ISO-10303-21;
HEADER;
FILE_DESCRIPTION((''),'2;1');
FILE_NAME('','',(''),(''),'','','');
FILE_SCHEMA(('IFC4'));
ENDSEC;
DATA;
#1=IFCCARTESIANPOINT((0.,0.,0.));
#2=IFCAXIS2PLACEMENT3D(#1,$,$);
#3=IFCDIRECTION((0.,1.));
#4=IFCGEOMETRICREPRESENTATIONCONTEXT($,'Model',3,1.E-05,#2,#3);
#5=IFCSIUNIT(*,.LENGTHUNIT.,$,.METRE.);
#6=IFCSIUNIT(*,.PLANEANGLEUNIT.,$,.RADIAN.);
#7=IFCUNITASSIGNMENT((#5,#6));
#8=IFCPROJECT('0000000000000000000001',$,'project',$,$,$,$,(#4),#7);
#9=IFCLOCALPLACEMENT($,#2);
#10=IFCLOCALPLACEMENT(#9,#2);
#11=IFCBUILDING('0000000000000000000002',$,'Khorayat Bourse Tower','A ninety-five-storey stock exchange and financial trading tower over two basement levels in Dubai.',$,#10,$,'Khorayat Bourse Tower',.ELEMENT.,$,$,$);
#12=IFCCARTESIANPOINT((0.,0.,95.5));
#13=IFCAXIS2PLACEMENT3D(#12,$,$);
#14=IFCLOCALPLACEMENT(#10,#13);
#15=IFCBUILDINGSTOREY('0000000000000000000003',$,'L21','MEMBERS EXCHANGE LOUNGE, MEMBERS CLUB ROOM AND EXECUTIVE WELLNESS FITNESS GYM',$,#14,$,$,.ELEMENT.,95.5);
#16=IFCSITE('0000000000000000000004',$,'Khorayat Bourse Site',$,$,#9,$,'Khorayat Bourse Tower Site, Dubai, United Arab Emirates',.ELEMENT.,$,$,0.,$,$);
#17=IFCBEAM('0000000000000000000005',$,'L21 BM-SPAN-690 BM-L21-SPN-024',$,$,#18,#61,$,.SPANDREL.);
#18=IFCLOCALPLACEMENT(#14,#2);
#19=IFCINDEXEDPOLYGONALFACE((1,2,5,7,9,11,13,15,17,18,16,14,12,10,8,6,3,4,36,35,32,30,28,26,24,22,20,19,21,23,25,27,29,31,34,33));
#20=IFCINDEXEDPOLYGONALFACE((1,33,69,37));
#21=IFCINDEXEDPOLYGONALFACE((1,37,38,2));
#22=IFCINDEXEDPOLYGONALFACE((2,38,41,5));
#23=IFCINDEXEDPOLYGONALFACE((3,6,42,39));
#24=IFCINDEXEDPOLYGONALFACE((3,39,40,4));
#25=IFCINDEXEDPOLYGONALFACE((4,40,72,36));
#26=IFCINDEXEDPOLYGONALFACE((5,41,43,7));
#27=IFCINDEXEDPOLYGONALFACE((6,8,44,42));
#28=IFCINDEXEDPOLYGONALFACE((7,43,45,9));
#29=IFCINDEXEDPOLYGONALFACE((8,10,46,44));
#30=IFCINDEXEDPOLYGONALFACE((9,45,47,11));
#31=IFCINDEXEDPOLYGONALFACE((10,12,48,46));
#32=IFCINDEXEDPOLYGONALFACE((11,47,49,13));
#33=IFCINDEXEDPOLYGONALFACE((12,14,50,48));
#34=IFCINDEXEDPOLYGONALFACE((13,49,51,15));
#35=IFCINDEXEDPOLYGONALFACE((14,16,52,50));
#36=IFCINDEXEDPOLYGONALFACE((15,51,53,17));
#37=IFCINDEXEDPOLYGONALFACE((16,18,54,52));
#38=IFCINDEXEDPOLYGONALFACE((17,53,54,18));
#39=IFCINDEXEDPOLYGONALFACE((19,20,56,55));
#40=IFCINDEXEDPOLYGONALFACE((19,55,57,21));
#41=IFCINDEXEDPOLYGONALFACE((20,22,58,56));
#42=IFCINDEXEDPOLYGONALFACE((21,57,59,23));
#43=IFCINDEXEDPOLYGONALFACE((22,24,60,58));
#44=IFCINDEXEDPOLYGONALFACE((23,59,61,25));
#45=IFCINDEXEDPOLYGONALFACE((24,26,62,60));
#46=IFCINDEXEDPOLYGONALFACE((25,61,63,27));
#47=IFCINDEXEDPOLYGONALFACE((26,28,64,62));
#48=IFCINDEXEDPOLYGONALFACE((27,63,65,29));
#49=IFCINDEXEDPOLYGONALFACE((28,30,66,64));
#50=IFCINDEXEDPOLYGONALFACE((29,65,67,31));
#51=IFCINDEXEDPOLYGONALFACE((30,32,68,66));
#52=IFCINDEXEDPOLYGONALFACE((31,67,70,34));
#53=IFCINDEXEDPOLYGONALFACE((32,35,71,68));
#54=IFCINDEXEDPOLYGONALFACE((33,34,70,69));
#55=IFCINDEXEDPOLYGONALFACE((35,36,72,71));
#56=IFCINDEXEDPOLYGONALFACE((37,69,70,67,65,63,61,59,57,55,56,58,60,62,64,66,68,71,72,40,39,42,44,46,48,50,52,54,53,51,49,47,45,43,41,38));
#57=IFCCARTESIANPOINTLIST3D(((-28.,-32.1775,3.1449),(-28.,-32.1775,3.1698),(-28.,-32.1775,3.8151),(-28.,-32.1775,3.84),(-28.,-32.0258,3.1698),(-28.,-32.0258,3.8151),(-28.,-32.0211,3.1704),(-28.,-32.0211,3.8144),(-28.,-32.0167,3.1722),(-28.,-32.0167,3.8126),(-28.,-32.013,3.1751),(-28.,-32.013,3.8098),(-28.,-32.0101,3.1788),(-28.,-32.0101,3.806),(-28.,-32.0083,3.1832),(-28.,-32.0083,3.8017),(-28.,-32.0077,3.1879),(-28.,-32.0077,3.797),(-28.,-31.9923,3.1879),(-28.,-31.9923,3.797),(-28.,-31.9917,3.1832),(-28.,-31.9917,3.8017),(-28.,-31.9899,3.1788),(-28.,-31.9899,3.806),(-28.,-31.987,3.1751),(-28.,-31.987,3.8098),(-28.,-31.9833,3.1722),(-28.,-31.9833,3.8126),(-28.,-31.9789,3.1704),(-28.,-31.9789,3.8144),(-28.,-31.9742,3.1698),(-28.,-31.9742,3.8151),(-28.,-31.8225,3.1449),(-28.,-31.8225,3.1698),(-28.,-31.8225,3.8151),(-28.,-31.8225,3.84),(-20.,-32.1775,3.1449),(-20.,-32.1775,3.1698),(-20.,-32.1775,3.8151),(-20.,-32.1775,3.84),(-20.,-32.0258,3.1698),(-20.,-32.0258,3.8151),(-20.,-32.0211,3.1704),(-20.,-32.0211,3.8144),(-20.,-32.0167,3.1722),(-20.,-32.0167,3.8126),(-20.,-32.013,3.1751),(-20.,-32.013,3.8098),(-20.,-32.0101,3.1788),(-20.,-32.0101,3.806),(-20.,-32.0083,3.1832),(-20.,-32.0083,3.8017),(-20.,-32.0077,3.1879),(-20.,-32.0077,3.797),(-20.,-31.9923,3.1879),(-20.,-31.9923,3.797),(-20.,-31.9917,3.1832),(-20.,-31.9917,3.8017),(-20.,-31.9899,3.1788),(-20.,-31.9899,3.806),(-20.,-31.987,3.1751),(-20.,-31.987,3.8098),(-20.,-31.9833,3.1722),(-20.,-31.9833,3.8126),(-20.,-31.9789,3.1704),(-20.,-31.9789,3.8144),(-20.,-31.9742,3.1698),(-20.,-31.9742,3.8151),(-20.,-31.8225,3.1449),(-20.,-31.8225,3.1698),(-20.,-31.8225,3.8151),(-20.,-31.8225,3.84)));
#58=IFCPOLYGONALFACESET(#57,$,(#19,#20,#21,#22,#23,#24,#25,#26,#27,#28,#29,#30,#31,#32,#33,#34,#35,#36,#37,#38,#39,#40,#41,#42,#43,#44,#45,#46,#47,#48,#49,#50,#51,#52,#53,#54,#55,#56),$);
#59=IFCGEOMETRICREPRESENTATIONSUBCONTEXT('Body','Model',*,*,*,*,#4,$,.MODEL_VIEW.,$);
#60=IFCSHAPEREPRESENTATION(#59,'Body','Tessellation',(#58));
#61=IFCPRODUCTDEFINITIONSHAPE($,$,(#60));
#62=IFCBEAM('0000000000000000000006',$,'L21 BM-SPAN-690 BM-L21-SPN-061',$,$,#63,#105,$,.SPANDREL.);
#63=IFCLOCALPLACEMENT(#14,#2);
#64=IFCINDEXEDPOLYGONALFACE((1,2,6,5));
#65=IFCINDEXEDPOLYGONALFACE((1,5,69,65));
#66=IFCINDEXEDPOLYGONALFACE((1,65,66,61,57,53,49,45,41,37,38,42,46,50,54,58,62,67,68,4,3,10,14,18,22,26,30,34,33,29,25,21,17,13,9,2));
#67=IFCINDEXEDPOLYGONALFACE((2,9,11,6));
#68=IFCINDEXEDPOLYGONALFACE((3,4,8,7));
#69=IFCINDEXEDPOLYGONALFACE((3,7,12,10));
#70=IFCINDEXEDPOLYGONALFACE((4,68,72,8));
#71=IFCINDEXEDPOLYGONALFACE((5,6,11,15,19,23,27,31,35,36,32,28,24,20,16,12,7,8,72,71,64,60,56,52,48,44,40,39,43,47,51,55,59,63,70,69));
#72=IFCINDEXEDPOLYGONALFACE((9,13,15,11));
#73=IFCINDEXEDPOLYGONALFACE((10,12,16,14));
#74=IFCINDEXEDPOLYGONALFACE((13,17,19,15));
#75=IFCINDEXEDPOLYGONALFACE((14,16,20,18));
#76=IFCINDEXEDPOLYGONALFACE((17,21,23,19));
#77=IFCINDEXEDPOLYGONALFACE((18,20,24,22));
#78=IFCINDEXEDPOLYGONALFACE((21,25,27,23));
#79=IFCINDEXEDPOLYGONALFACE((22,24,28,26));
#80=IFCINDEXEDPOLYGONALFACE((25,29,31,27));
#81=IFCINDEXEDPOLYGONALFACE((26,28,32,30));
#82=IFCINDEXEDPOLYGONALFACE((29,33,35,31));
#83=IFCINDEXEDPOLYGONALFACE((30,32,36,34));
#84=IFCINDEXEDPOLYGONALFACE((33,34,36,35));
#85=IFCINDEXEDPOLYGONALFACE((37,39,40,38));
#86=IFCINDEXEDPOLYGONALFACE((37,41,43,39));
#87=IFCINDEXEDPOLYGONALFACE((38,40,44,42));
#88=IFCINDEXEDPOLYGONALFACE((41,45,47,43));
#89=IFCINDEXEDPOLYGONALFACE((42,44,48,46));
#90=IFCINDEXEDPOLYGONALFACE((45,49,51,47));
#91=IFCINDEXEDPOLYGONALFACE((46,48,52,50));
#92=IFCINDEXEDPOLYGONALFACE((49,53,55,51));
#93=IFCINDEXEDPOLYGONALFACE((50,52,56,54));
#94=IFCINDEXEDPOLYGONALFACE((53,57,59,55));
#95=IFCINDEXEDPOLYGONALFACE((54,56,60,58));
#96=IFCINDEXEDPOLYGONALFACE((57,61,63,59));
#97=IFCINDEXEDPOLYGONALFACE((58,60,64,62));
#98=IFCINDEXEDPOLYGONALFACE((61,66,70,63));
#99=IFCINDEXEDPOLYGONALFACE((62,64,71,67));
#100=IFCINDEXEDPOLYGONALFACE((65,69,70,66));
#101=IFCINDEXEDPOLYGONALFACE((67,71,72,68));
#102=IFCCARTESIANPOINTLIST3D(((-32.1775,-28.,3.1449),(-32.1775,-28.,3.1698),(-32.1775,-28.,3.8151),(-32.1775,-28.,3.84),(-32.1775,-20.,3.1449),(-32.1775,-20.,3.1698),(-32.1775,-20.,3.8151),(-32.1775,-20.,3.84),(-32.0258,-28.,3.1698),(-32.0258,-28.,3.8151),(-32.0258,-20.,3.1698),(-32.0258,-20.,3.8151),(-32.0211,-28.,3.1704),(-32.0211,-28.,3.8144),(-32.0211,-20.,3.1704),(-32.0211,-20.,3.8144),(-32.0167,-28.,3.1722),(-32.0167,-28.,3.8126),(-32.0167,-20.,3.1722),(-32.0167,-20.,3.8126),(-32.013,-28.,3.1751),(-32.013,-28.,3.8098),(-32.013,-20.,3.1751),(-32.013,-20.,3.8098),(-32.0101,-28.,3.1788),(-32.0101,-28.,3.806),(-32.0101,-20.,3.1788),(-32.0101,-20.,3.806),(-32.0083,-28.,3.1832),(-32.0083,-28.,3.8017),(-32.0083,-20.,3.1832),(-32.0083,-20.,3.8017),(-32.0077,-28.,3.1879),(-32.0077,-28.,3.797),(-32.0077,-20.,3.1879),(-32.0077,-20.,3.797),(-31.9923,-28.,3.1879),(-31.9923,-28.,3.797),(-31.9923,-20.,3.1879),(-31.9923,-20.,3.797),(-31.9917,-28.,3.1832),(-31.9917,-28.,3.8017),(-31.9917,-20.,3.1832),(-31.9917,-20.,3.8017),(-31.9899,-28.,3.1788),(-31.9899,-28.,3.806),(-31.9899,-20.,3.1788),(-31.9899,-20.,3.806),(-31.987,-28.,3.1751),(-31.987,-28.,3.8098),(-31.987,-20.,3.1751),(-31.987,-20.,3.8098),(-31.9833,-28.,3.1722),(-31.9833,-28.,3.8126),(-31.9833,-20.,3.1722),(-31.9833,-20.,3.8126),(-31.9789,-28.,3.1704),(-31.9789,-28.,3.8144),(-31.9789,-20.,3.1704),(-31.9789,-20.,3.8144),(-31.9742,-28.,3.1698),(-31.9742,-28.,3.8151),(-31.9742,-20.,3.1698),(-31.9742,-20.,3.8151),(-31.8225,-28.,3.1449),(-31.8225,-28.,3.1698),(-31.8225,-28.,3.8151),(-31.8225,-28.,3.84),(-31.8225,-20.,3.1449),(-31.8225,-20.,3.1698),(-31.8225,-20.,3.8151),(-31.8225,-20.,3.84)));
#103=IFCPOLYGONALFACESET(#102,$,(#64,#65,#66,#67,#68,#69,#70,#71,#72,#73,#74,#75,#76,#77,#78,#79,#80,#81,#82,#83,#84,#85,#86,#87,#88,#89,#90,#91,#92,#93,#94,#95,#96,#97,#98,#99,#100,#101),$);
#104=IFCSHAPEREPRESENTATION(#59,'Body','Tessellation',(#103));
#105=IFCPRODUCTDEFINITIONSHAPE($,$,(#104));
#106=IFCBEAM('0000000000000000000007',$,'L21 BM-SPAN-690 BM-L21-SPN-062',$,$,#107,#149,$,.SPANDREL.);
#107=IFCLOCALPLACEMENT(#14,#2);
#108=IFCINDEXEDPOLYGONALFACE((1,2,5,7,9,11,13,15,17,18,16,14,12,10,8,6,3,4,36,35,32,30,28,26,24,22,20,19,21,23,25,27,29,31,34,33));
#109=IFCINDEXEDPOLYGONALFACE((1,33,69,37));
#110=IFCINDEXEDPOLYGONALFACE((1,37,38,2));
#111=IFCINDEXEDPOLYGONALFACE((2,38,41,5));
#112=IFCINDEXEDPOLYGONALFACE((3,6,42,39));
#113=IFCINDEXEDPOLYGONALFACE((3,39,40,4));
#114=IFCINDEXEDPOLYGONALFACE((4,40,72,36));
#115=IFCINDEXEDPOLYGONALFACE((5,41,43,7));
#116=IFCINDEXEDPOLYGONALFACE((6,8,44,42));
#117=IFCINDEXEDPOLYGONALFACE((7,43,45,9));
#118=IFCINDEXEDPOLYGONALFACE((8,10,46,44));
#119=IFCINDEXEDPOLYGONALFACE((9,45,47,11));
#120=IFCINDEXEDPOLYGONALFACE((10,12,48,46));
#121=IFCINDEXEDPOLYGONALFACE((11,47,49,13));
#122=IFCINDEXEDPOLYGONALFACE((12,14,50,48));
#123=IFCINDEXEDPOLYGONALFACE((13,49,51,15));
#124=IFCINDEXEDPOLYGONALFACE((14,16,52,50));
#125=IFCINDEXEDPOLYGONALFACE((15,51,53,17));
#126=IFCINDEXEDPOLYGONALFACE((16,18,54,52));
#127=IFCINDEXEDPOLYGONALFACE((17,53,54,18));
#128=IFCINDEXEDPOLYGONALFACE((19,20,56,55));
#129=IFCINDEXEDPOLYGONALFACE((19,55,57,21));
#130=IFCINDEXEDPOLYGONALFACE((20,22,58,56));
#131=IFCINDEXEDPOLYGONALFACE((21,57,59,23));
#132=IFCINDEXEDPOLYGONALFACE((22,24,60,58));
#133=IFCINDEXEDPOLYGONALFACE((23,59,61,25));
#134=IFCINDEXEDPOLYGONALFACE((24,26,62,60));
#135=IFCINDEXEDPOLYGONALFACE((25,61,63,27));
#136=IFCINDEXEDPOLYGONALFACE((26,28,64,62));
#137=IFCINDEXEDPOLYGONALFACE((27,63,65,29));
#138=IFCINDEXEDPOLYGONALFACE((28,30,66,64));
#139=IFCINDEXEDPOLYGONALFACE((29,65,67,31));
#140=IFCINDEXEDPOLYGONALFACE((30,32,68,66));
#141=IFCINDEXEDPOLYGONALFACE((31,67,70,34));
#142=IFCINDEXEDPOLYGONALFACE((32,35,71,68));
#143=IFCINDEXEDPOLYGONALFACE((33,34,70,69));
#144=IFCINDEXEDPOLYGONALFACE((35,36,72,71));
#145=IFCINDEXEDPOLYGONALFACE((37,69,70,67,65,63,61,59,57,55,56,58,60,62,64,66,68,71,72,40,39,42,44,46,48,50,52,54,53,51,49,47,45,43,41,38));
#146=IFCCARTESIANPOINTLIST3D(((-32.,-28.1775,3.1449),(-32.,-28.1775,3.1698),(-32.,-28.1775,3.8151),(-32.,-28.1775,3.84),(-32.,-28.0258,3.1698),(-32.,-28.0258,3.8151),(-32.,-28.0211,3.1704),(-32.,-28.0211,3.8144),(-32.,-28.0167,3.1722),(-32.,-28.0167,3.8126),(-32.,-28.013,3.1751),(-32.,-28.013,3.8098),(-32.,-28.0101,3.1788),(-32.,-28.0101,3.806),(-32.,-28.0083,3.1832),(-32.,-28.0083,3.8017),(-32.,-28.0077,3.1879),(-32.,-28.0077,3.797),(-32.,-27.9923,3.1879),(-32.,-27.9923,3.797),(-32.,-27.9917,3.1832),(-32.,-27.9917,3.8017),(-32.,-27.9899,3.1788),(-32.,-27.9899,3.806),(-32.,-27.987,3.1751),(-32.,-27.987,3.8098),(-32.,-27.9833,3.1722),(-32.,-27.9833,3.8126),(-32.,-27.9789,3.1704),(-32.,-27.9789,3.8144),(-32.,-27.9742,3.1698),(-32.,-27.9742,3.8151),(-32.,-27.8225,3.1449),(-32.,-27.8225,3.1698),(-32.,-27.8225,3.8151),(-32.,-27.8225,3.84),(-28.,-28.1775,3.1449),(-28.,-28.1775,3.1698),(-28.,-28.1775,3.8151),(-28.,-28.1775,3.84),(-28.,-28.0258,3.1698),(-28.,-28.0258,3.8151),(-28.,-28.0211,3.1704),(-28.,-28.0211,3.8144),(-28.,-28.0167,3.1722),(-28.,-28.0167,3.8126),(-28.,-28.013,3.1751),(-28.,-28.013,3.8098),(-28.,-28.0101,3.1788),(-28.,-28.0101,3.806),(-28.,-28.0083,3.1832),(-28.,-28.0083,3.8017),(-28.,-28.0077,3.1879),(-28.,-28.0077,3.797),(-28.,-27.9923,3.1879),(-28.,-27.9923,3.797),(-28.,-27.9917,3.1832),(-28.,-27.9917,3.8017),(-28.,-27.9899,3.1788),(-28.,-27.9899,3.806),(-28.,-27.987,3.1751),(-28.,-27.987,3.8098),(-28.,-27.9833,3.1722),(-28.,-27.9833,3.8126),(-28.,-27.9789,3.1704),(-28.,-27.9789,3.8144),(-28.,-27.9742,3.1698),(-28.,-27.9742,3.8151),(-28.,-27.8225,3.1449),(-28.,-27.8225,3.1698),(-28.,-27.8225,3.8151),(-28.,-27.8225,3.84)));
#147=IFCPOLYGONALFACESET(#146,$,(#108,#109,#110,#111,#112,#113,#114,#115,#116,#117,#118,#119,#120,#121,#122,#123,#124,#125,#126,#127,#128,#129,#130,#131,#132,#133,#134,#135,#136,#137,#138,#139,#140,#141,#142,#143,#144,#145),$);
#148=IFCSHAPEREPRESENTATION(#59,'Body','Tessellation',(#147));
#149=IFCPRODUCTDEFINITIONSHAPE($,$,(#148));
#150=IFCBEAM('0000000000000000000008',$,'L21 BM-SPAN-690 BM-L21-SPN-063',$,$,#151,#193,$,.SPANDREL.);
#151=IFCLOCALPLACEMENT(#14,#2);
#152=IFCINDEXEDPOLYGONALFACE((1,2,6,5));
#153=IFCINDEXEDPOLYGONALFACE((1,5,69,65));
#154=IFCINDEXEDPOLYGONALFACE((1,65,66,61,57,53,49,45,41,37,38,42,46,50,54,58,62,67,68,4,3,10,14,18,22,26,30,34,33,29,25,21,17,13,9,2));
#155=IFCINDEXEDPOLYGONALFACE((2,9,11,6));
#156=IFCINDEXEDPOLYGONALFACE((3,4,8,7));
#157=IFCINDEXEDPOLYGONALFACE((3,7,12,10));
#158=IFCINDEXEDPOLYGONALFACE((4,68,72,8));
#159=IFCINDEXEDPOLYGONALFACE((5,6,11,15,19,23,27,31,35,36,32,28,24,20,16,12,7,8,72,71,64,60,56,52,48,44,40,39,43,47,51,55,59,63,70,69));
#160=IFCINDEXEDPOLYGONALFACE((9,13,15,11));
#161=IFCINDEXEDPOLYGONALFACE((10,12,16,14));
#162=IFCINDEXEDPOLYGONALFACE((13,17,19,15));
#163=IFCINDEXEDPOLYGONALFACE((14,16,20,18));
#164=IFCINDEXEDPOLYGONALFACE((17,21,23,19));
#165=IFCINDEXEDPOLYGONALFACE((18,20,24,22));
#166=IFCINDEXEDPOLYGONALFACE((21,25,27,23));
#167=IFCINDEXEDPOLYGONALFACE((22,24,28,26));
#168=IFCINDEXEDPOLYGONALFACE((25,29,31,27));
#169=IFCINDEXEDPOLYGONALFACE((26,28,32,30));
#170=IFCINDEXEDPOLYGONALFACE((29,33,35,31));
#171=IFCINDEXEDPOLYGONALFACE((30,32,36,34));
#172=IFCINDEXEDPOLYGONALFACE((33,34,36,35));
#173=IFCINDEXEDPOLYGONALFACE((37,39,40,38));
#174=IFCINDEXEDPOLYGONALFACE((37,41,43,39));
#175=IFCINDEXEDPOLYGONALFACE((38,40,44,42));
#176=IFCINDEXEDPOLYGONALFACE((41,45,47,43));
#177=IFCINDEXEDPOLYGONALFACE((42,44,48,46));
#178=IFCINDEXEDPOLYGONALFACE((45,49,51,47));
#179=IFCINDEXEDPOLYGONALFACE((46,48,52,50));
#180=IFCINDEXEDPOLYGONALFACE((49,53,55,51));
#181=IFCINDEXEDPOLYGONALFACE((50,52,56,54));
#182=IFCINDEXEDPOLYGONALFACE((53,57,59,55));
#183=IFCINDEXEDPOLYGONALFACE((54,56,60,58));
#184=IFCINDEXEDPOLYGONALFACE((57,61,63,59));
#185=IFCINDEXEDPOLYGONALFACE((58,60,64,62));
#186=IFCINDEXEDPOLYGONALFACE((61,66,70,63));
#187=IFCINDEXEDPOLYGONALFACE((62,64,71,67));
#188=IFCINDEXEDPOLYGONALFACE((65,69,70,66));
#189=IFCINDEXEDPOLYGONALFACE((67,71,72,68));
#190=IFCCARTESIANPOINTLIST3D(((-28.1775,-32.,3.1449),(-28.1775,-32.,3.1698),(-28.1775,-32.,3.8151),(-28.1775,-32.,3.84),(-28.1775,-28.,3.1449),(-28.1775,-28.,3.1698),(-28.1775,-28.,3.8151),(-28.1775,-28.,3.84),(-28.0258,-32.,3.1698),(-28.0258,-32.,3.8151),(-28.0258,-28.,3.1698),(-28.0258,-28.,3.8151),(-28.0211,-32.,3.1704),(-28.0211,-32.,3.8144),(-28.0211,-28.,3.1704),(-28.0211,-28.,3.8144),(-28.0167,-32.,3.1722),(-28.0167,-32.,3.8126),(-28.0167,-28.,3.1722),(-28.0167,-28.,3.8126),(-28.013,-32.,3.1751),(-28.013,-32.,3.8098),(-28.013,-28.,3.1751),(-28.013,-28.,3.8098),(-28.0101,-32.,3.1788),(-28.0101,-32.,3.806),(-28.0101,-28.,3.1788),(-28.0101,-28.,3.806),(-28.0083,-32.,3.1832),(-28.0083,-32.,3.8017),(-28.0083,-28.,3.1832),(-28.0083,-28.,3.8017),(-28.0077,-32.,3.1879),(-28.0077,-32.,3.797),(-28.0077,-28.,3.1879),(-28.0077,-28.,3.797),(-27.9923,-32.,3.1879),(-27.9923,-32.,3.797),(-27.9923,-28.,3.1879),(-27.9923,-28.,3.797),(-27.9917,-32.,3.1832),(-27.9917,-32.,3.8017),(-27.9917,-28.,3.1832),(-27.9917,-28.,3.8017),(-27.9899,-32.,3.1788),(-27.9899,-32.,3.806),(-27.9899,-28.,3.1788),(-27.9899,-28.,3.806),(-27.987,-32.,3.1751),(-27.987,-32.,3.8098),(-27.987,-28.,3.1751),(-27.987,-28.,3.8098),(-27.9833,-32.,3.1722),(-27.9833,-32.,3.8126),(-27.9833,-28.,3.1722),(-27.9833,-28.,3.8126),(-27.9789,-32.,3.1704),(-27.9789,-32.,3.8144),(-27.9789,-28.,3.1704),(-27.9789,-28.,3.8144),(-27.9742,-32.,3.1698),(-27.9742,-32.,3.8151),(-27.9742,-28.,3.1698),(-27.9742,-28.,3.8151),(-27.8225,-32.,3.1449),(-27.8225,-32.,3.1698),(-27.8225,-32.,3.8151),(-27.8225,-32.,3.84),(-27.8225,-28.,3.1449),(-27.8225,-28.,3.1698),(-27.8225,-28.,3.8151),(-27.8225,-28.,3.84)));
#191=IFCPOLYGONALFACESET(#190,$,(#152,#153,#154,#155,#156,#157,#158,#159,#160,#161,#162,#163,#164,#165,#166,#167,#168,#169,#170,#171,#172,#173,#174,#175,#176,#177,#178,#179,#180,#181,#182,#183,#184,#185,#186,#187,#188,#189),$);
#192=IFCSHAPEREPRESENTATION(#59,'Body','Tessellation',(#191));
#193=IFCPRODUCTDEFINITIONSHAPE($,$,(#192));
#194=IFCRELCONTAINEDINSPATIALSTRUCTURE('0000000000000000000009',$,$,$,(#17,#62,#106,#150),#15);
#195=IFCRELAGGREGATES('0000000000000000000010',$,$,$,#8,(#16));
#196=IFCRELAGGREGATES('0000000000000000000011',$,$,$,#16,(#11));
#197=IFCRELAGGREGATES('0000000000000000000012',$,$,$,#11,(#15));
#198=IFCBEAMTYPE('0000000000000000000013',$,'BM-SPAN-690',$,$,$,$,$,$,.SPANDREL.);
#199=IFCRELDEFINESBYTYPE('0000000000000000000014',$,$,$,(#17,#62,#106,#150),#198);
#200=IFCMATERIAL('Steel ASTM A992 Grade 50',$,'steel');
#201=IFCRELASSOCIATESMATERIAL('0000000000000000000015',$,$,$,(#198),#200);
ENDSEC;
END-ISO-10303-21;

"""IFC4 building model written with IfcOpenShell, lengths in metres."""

from ifc_helpers import new_model, si_unit, direction, frame, origin, origin_2d, place, context, subcontext, project, spatial, i_section, extrude, source, transform, mapped, material, material_profile, profile_set, type_object, element, save


model = new_model("IFC4")

# Units and contexts
model_context = context("Model", 3, precision=1e-05, world=origin(), true_north=direction((0.0, 1.0)))
body_context = subcontext(model_context, "Body", "Model", "MODEL_VIEW")
ifc_project = project(units=[si_unit("LENGTHUNIT", "METRE"), si_unit("PLANEANGLEUNIT", "RADIAN")], contexts=[model_context])

# Site, building, storey
site_placement = place(None, origin())
site = spatial("IfcSite", under=ifc_project, at=site_placement, Name="Khorayat Bourse Site", LongName="Khorayat Bourse Tower Site, Dubai, United Arab Emirates", CompositionType="ELEMENT", RefElevation=0.0)
building_placement = place(site_placement, origin())
building = spatial("IfcBuilding", under=site, at=building_placement, Name="Khorayat Bourse Tower", Description="A ninety-five-storey stock exchange and financial trading tower over two basement levels in Dubai.", LongName="Khorayat Bourse Tower", CompositionType="ELEMENT")
storey_placement = place(building_placement, frame((0.0, 0.0, 95.5)))
storey = spatial("IfcBuildingStorey", under=building, at=storey_placement, Name="L21", Description="MEMBERS EXCHANGE LOUNGE, MEMBERS CLUB ROOM AND EXECUTIVE WELLNESS FITNESS GYM", CompositionType="ELEMENT", Elevation=95.5)

# Beams
ifc_material_1 = material(Name="Steel ASTM A992 Grade 50", Category="steel")
ifc_material_profile_1 = material_profile(ifc_material_1, i_section(OverallWidth=0.355, OverallDepth=0.6951, WebThickness=0.0154, FlangeThickness=0.0249, FilletRadius=0.0181, at=origin_2d()), Name="W690X217")
ifc_profile_set_1 = profile_set([ifc_material_profile_1], Name="Steel ASTM A992 Grade 50")
beam_type_1 = type_object("IfcBeamType", Name="BM-SPAN-690", PredefinedType="SPANDREL", material=ifc_profile_set_1)
shared_shape_1 = source(origin(), body_context, "Body", "SweptSolid", [
    extrude(i_section(OverallWidth=0.355, OverallDepth=0.6951, WebThickness=0.0154, FlangeThickness=0.0249, FilletRadius=0.0181, at=origin_2d()), origin(), (0.0, 0.0, 1.0), 8.0),
])
for number, where, z_axis, x_axis, name in (
    (1, (-28.0, -32.0, 3.4924), (1.0, 0.0, 0.0), (0.0, 1.0, 0.0), "L21 BM-SPAN-690 BM-L21-SPN-024"),
    (2, (-32.0, -28.0, 3.4924), (0.0, 1.0, 0.0), (-1.0, 0.0, 0.0), "L21 BM-SPAN-690 BM-L21-SPN-061"),
):
    element("IfcBeam", number, at=place(storey_placement, frame(where, z_axis=z_axis, x_axis=x_axis)), inside=storey, type_object=beam_type_1, Name=name, PredefinedType="SPANDREL", context=body_context, shape_type="MappedRepresentation", body=[
        mapped(shared_shape_1, transform((0.0, 0.0, 0.0), scale=1.0)),
    ])
shared_shape_2 = source(origin(), body_context, "Body", "SweptSolid", [
    extrude(i_section(OverallWidth=0.355, OverallDepth=0.6951, WebThickness=0.0154, FlangeThickness=0.0249, FilletRadius=0.0181, at=origin_2d()), origin(), (0.0, 0.0, 1.0), 4.0),
])
for number, where, z_axis, x_axis, name in (
    (3, (-32.0, -28.0, 3.4924), (1.0, 0.0, 0.0), (0.0, 1.0, 0.0), "L21 BM-SPAN-690 BM-L21-SPN-062"),
    (4, (-28.0, -32.0, 3.4924), (0.0, 1.0, 0.0), (-1.0, 0.0, 0.0), "L21 BM-SPAN-690 BM-L21-SPN-063"),
):
    element("IfcBeam", number, at=place(storey_placement, frame(where, z_axis=z_axis, x_axis=x_axis)), inside=storey, type_object=beam_type_1, Name=name, PredefinedType="SPANDREL", context=body_context, shape_type="MappedRepresentation", body=[
        mapped(shared_shape_2, transform((0.0, 0.0, 0.0), scale=1.0)),
    ])

save(model, "model.ifc")
